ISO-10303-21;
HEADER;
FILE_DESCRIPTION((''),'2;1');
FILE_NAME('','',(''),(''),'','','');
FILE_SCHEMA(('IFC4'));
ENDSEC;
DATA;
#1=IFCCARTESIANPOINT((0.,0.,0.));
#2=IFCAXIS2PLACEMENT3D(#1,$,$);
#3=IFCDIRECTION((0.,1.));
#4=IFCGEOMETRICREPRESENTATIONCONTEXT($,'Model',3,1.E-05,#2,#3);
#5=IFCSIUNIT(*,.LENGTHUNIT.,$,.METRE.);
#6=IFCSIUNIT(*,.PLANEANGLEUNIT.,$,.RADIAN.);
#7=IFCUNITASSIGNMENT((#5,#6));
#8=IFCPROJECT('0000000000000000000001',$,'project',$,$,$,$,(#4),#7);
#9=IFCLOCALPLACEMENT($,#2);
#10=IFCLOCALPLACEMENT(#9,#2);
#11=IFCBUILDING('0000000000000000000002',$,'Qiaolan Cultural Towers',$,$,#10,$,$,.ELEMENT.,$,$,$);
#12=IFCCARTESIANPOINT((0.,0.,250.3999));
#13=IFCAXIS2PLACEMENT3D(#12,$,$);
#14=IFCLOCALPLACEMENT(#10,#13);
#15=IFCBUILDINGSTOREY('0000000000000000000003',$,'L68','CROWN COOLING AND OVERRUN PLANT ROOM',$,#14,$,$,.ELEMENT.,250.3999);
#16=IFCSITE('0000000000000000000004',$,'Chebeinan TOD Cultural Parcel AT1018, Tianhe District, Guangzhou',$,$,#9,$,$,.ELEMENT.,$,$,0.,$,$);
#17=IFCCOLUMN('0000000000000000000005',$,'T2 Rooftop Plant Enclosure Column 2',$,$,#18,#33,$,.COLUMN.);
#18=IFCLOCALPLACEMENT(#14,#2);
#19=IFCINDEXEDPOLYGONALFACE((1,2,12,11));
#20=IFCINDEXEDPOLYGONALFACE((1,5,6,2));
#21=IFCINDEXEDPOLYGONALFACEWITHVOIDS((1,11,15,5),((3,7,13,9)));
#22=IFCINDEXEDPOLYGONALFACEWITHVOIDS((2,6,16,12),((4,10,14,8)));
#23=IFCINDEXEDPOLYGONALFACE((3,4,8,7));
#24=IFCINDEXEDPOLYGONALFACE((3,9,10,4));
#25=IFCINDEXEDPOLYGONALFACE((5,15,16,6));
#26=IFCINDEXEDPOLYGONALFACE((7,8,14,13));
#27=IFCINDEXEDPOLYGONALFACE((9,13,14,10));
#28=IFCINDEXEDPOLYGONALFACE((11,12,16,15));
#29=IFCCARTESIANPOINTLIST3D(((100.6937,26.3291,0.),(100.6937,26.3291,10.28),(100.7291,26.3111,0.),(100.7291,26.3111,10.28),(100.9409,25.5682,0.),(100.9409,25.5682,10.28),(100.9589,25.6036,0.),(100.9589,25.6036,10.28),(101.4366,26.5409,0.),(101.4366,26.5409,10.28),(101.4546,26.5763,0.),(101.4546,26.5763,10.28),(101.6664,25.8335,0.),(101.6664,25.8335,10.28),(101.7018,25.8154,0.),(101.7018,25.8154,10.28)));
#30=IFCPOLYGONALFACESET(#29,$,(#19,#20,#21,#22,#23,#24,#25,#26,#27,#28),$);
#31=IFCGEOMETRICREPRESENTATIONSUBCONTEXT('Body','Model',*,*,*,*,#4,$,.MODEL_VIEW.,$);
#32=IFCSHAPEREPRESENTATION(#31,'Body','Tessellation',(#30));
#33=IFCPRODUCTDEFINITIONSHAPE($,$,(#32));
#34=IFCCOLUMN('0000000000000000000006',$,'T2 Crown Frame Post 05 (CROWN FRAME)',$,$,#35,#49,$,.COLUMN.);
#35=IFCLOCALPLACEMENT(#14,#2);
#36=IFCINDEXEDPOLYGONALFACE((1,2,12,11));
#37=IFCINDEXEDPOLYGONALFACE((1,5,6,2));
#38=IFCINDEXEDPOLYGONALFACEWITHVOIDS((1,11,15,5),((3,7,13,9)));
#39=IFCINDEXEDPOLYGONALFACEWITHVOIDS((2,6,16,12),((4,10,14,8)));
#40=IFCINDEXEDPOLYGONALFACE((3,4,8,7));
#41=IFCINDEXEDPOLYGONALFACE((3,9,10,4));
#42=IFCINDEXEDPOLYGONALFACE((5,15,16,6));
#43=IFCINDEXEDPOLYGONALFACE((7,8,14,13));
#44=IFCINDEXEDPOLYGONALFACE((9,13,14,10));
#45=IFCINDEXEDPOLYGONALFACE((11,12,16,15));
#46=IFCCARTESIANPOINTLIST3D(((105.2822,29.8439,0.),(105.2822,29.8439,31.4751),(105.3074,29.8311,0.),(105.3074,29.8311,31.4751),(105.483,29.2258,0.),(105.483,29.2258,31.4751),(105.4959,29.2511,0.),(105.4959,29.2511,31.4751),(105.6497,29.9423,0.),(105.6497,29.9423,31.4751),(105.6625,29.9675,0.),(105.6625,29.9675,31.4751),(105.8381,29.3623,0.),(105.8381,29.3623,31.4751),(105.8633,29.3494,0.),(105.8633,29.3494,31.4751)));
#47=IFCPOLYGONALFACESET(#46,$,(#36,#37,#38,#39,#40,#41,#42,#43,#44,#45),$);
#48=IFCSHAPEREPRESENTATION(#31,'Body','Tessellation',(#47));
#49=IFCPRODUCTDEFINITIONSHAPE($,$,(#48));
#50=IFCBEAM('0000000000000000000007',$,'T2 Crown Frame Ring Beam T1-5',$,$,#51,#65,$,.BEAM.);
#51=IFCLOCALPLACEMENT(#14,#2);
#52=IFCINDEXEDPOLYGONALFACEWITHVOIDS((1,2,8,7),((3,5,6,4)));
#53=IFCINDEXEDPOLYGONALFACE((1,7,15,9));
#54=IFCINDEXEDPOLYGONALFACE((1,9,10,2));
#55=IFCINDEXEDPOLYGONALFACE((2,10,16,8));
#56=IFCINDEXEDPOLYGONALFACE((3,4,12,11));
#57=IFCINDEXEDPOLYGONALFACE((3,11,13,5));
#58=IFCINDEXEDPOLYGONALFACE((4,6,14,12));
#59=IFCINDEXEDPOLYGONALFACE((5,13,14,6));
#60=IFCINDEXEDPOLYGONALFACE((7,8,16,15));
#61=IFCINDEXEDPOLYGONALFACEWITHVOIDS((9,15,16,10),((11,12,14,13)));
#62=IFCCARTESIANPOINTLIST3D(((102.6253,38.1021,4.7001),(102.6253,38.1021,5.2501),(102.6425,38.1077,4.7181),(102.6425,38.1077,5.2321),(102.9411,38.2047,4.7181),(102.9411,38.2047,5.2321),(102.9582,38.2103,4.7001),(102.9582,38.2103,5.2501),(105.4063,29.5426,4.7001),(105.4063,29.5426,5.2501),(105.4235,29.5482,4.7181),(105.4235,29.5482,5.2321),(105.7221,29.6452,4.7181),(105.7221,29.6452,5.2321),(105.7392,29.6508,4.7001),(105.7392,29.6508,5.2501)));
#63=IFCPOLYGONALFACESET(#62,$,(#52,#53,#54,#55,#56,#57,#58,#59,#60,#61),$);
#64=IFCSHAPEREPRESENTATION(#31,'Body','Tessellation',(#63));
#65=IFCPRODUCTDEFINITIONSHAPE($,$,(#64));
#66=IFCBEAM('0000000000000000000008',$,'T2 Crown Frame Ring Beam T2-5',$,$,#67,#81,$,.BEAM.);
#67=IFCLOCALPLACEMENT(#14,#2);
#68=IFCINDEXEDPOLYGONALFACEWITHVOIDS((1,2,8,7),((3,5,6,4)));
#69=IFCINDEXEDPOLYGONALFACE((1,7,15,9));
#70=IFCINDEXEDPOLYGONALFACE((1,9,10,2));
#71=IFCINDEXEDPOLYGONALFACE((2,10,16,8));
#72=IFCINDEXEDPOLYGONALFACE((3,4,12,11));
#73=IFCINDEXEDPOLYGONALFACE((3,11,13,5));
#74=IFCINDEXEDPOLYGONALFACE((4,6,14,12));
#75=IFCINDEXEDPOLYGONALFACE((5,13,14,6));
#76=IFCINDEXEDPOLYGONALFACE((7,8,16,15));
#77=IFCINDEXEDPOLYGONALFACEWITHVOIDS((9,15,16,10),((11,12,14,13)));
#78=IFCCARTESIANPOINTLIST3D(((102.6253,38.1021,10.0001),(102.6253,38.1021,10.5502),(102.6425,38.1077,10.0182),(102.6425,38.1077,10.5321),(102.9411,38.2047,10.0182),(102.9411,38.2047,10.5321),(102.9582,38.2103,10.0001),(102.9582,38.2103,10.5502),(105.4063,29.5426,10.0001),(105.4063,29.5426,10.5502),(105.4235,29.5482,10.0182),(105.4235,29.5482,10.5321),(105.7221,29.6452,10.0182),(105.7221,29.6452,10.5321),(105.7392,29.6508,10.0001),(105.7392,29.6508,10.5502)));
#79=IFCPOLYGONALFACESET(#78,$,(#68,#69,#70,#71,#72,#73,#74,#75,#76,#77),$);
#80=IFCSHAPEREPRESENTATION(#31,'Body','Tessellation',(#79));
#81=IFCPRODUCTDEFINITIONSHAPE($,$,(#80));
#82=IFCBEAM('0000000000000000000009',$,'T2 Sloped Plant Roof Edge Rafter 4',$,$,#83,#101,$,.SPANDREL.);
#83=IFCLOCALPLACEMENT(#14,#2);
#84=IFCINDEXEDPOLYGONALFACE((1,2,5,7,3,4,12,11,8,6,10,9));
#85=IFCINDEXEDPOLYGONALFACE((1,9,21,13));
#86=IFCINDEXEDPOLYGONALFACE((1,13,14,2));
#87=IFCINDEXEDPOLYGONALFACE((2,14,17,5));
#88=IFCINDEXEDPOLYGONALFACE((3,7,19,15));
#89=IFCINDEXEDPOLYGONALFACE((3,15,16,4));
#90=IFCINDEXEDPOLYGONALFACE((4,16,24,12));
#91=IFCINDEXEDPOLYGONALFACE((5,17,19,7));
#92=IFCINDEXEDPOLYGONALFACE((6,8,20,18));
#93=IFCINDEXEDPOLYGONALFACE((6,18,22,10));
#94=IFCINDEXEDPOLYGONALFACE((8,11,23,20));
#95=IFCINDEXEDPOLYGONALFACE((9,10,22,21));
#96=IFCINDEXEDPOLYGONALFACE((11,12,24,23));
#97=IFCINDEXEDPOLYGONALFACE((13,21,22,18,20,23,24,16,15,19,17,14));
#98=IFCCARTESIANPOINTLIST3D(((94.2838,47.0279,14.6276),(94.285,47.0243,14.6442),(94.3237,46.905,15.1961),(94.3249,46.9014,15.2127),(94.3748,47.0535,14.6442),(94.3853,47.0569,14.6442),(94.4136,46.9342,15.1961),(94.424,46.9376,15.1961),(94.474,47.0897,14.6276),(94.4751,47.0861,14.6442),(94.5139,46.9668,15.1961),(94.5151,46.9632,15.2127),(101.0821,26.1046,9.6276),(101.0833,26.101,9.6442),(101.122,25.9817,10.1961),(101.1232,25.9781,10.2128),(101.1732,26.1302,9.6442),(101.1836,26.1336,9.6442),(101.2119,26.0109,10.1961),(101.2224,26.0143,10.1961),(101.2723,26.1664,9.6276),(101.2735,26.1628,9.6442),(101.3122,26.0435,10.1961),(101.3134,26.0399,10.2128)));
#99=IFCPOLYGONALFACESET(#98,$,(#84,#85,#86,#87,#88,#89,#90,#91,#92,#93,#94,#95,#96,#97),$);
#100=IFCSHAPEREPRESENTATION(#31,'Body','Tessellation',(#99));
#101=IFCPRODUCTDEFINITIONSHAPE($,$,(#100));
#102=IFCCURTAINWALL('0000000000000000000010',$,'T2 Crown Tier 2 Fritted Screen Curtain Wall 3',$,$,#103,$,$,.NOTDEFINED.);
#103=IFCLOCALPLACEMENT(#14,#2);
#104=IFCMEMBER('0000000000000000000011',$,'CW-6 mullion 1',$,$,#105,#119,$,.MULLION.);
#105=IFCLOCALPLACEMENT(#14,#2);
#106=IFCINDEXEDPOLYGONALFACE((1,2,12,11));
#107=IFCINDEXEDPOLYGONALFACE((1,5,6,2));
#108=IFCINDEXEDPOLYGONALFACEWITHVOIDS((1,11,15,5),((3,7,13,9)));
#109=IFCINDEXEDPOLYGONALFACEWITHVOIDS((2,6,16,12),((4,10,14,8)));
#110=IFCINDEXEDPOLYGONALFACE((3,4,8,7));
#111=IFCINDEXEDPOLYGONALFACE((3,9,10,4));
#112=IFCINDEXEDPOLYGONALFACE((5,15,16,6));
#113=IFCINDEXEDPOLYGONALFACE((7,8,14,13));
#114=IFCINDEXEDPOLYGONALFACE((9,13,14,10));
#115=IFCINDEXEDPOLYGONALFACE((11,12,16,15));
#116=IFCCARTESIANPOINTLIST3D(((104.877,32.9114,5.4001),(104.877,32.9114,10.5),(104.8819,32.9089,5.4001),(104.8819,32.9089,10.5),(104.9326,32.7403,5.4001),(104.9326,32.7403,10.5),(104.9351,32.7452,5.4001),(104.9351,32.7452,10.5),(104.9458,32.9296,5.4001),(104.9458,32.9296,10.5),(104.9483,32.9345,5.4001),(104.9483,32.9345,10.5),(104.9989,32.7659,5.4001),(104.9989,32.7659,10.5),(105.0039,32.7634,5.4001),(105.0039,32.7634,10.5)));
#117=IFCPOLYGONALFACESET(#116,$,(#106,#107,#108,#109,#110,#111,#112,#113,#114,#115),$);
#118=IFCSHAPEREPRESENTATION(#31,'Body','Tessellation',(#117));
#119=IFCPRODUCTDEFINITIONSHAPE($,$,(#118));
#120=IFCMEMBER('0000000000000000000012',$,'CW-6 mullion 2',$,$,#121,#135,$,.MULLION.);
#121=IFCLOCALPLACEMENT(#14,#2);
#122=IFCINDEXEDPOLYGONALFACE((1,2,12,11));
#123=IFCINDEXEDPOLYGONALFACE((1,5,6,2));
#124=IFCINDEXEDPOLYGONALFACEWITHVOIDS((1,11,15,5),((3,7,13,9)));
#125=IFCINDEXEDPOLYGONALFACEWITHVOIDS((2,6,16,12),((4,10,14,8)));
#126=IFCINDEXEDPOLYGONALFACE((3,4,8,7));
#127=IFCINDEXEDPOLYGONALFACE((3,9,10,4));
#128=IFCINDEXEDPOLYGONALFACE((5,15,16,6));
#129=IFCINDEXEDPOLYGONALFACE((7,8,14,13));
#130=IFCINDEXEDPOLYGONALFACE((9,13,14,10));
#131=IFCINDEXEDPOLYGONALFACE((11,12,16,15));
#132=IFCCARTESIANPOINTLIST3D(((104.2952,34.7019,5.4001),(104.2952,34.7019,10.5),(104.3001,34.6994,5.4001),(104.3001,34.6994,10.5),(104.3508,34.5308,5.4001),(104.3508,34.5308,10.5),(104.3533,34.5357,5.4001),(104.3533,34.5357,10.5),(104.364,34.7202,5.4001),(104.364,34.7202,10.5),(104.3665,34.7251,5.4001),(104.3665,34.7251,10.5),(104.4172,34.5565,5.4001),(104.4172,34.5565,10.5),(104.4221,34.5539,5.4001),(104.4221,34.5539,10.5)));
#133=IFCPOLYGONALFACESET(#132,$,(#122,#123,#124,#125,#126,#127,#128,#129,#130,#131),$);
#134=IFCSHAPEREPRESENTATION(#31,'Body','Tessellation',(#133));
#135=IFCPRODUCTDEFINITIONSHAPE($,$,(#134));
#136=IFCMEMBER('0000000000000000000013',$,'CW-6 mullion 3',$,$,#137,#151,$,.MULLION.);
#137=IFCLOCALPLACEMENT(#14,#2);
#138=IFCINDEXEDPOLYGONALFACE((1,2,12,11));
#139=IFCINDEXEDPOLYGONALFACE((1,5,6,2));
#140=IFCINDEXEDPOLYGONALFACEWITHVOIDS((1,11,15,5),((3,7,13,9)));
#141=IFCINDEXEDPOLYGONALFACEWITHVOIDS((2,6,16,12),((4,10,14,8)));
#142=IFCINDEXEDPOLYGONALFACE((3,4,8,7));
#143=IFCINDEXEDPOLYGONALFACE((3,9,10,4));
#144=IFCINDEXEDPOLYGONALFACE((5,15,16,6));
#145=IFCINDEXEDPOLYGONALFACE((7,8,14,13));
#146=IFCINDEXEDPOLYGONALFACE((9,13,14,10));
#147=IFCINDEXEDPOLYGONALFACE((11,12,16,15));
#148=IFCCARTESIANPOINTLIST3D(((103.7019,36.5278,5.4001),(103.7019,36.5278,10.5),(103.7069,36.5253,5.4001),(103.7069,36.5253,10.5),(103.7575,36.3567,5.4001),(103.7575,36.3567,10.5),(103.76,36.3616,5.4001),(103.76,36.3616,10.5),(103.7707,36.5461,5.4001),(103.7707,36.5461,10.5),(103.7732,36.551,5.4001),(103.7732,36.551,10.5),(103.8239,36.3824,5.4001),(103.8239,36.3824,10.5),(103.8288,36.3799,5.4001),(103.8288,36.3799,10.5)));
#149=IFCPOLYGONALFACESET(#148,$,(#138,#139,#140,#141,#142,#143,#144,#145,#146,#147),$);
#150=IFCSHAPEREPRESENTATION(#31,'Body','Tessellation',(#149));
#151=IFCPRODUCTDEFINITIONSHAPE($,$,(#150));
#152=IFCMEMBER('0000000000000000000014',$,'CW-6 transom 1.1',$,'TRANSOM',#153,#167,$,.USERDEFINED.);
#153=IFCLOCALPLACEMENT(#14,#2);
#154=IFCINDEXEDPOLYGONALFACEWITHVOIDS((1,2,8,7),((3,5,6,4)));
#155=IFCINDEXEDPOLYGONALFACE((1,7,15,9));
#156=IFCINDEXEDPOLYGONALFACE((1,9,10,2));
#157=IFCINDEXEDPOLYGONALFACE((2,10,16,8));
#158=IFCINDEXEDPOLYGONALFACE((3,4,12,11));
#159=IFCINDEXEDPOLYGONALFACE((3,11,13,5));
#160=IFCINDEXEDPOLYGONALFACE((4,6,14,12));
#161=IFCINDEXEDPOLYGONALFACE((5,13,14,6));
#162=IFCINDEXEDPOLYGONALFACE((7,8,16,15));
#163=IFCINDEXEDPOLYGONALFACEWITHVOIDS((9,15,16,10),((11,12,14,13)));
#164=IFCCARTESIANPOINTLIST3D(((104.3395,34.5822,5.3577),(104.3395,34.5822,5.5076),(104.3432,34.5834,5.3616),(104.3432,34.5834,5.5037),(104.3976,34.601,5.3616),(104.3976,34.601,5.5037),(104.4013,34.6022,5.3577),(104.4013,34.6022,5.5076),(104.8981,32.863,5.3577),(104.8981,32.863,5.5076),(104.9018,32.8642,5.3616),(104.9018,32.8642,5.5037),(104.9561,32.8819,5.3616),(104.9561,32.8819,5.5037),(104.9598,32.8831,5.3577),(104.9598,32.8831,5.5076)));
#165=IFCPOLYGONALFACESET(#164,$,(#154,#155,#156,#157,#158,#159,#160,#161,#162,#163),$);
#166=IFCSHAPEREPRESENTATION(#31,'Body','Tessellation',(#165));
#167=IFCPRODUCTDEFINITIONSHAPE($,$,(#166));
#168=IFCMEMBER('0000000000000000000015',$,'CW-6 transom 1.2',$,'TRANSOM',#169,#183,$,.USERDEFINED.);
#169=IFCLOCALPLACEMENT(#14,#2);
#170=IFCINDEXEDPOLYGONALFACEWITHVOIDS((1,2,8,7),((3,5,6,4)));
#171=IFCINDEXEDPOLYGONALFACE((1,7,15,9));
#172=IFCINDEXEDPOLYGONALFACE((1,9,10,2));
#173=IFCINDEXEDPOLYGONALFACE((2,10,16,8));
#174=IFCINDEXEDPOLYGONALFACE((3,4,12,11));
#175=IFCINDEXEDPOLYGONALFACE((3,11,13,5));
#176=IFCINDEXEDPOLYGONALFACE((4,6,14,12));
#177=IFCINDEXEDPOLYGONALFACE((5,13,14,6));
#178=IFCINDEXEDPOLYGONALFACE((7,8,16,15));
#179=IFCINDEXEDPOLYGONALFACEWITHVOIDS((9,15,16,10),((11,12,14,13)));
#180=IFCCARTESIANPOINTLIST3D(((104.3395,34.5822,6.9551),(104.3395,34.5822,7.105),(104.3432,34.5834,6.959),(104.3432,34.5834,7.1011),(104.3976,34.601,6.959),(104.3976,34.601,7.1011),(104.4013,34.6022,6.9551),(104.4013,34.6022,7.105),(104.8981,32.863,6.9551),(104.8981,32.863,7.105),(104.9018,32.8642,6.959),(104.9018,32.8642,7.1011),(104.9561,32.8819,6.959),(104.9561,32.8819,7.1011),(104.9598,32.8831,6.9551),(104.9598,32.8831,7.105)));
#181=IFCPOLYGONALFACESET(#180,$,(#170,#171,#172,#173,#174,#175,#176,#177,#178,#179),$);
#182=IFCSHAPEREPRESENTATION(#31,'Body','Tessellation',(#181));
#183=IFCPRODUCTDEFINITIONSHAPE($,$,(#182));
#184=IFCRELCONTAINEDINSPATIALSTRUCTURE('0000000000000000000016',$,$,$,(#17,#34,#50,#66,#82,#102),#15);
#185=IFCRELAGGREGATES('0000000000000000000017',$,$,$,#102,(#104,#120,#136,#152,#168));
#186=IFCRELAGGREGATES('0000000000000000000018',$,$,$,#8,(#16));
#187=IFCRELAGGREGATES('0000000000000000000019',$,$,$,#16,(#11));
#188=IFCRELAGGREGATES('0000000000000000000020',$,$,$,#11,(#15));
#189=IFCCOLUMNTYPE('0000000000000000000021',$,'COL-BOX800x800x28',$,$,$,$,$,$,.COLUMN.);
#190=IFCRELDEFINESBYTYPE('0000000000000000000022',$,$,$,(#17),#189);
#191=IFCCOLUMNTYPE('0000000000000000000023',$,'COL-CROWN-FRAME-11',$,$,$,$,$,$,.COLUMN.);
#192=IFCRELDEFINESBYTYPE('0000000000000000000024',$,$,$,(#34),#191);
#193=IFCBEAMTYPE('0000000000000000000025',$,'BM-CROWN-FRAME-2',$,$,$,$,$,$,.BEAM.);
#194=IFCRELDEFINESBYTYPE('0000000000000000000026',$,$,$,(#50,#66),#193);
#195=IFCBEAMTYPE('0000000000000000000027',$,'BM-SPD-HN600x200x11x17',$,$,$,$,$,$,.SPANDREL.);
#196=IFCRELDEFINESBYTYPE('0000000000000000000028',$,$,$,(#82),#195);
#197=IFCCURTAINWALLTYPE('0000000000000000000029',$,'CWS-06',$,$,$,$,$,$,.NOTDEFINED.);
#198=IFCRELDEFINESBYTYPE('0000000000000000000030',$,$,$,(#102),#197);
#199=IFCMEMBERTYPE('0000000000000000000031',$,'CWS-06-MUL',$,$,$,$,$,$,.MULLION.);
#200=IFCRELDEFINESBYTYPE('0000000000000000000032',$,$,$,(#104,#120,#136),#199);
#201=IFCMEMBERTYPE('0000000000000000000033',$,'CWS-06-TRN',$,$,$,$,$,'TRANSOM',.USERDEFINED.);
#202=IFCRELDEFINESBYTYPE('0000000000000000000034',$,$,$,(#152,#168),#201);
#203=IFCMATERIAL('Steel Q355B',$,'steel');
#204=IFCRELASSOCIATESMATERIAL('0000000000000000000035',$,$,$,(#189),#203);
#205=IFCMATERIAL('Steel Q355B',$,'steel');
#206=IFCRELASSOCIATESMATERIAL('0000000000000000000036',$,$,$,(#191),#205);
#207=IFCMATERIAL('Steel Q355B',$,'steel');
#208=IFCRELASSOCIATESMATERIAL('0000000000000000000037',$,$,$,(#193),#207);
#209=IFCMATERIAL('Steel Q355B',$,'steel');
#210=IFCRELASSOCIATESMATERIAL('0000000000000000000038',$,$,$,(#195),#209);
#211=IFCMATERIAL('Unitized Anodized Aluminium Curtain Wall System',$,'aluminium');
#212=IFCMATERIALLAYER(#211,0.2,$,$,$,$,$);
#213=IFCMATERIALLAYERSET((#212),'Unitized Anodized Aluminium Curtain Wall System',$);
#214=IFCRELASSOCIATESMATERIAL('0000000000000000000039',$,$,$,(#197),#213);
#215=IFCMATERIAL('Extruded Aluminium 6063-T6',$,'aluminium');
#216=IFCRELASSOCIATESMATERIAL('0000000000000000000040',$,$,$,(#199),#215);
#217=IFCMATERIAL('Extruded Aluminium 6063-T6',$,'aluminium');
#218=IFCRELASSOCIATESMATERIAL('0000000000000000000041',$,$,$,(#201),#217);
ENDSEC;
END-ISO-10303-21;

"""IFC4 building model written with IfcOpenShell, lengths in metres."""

from ifc_helpers import new_model, si_unit, direction, frame, origin, origin_2d, place, context, subcontext, project, spatial, hollow_rectangle, i_section, extrude, material, layer, layer_set, material_profile, profile_set, type_object, element, aggregate, save


model = new_model("IFC4")

# Units and contexts
model_context = context("Model", 3, precision=1e-05, world=origin(), true_north=direction((0.0, 1.0)))
body_context = subcontext(model_context, "Body", "Model", "MODEL_VIEW")
ifc_project = project(units=[si_unit("LENGTHUNIT", "METRE"), si_unit("PLANEANGLEUNIT", "RADIAN")], contexts=[model_context])

# Site, building, storey
site_placement = place(None, origin())
site = spatial("IfcSite", under=ifc_project, at=site_placement, Name="Chebeinan TOD Cultural Parcel AT1018, Tianhe District, Guangzhou", CompositionType="ELEMENT", RefElevation=0.0)
building_placement = place(site_placement, origin())
building = spatial("IfcBuilding", under=site, at=building_placement, Name="Qiaolan Cultural Towers", CompositionType="ELEMENT")
storey_placement = place(building_placement, frame((0.0, 0.0, 250.3999)))
storey = spatial("IfcBuildingStorey", under=building, at=storey_placement, Name="L68", Description="CROWN COOLING AND OVERRUN PLANT ROOM", CompositionType="ELEMENT", Elevation=250.3999)

# Columns
ifc_material_1 = material(Name="Steel Q355B", Category="steel")
ifc_material_profile_1 = material_profile(ifc_material_1, hollow_rectangle(XDim=0.8, YDim=0.8, WallThickness=0.0281, at=origin_2d()), Name="BOX800x800x28")
ifc_profile_set_1 = profile_set([ifc_material_profile_1], Name="Steel Q355B")
column_type_1 = type_object("IfcColumnType", Name="COL-BOX800x800x28", PredefinedType="COLUMN", material=ifc_profile_set_1)
column_1_placement = place(storey_placement, frame((101.1978, 26.0723, 0.0), z_axis=(0.0, 0.0, 1.0), x_axis=(0.951057, 0.309017, 0.0)))
element("IfcColumn", 1, at=column_1_placement, inside=storey, type_object=column_type_1, Name="T2 Rooftop Plant Enclosure Column 2", PredefinedType="COLUMN", context=body_context, shape_type="SweptSolid", body=[
    extrude(hollow_rectangle(XDim=0.8, YDim=0.8, WallThickness=0.0281, at=origin_2d()), origin(), (0.0, 0.0, 1.0), 10.28),
])
ifc_material_2 = material(Name="Steel Q355B", Category="steel")
ifc_material_profile_2 = material_profile(ifc_material_2, hollow_rectangle(XDim=0.3999, YDim=0.6499, WallThickness=0.02, at=origin_2d()), Name="BOX650x400x20")
ifc_profile_set_2 = profile_set([ifc_material_profile_2], Name="Steel Q355B")
column_type_2 = type_object("IfcColumnType", Name="COL-CROWN-FRAME-11", PredefinedType="COLUMN", material=ifc_profile_set_2)
column_2_placement = place(storey_placement, frame((105.5728, 29.5967, 0.0), z_axis=(0.0, 0.0, 1.0), x_axis=(0.951057, 0.309017, 0.0)))
element("IfcColumn", 2, at=column_2_placement, inside=storey, type_object=column_type_2, Name="T2 Crown Frame Post 05 (CROWN FRAME)", PredefinedType="COLUMN", context=body_context, shape_type="SweptSolid", body=[
    extrude(hollow_rectangle(XDim=0.3999, YDim=0.6499, WallThickness=0.02, at=origin_2d()), origin(), (0.0, 0.0, 1.0), 31.4751),
])

# Beams
ifc_material_3 = material(Name="Steel Q355B", Category="steel")
ifc_material_profile_3 = material_profile(ifc_material_3, hollow_rectangle(XDim=0.3501, YDim=0.55, WallThickness=0.0181, at=origin_2d()), Name="BOX550x350x18")
ifc_profile_set_3 = profile_set([ifc_material_profile_3], Name="Steel Q355B")
beam_type_1 = type_object("IfcBeamType", Name="BM-CROWN-FRAME-2", PredefinedType="BEAM", material=ifc_profile_set_3)
for number, where, z_axis, x_axis, name in (
    (3, (105.5728, 29.5967, 4.9751), (-0.309, 0.951062, 0.0), (-0.951062, -0.309, 0.0), "T2 Crown Frame Ring Beam T1-5"),
    (4, (105.5728, 29.5967, 10.2751), (-0.309, 0.951062, 0.0), (-0.951062, -0.309, 0.0), "T2 Crown Frame Ring Beam T2-5"),
):
    element("IfcBeam", number, at=place(storey_placement, frame(where, z_axis=z_axis, x_axis=x_axis)), inside=storey, type_object=beam_type_1, Name=name, PredefinedType="BEAM", context=body_context, shape_type="SweptSolid", body=[
        extrude(hollow_rectangle(XDim=0.3501, YDim=0.55, WallThickness=0.0181, at=origin_2d()), origin(), (0.0, 0.0, 1.0), 9.0),
    ])
ifc_material_4 = material(Name="Steel Q355B", Category="steel")
ifc_material_profile_4 = material_profile(ifc_material_4, i_section(OverallWidth=0.2, OverallDepth=0.6001, WebThickness=0.011, FlangeThickness=0.0171, at=origin_2d()), Name="HN600x200x11x17")
ifc_profile_set_4 = profile_set([ifc_material_profile_4], Name="Steel Q355B")
beam_type_2 = type_object("IfcBeamType", Name="BM-SPD-HN600x200x11x17", PredefinedType="SPANDREL", material=ifc_profile_set_4)
beam_placement = place(storey_placement, frame((101.1978, 26.0723, 9.9202), z_axis=(-0.30133, 0.927407, 0.22162), x_axis=(-0.951057, -0.309014, 0.0)))
element("IfcBeam", 5, at=beam_placement, inside=storey, type_object=beam_type_2, Name="T2 Sloped Plant Roof Edge Rafter 4", PredefinedType="SPANDREL", context=body_context, shape_type="SweptSolid", body=[
    extrude(i_section(OverallWidth=0.2, OverallDepth=0.6001, WebThickness=0.011, FlangeThickness=0.0171, at=origin_2d()), origin(), (0.0, 0.0, 1.0), 22.561),
])

# Curtain wall, members
ifc_material_5 = material(Name="Unitized Anodized Aluminium Curtain Wall System", Category="aluminium")
ifc_layer_1 = layer(ifc_material_5, 0.2)
ifc_layer_set_1 = layer_set([ifc_layer_1], Name="Unitized Anodized Aluminium Curtain Wall System")
curtain_wall_type = type_object("IfcCurtainWallType", Name="CWS-06", PredefinedType="NOTDEFINED", material=ifc_layer_set_1)
curtain_wall_placement = place(storey_placement, origin())
curtain_wall = element("IfcCurtainWall", 6, at=curtain_wall_placement, inside=storey, type_object=curtain_wall_type, Name="T2 Crown Tier 2 Fritted Screen Curtain Wall 3", PredefinedType="NOTDEFINED")
ifc_material_6 = material(Name="Extruded Aluminium 6063-T6", Category="aluminium")
ifc_material_profile_5 = material_profile(ifc_material_6, hollow_rectangle(XDim=0.075, YDim=0.1799, WallThickness=0.0039, at=origin_2d()), Name="CWM-180x75x4")
ifc_profile_set_5 = profile_set([ifc_material_profile_5], Name="Extruded Aluminium 6063-T6")
member_type_1 = type_object("IfcMemberType", Name="CWS-06-MUL", PredefinedType="MULLION", material=ifc_profile_set_5)
member_1_placement = place(storey_placement, frame((104.9404, 32.8374, 5.4001), z_axis=(0.0, 0.0, 1.0), x_axis=(-0.951057, -0.309017, 0.0)))
member_1 = element("IfcMember", 7, at=member_1_placement, type_object=member_type_1, Name="CW-6 mullion 1", PredefinedType="MULLION", context=body_context, shape_type="SweptSolid", body=[
    extrude(hollow_rectangle(XDim=0.075, YDim=0.1799, WallThickness=0.0039, at=origin_2d()), origin(), (0.0, 0.0, 1.0), 5.0999),
])
member_2_placement = place(storey_placement, frame((104.3586, 34.6279, 5.4001), z_axis=(0.0, 0.0, 1.0), x_axis=(-0.951057, -0.309017, 0.0)))
member_2 = element("IfcMember", 8, at=member_2_placement, type_object=member_type_1, Name="CW-6 mullion 2", PredefinedType="MULLION", context=body_context, shape_type="SweptSolid", body=[
    extrude(hollow_rectangle(XDim=0.075, YDim=0.1799, WallThickness=0.0039, at=origin_2d()), origin(), (0.0, 0.0, 1.0), 5.0999),
])
member_3_placement = place(storey_placement, frame((103.7654, 36.4539, 5.4001), z_axis=(0.0, 0.0, 1.0), x_axis=(-0.951057, -0.309017, 0.0)))
member_3 = element("IfcMember", 9, at=member_3_placement, type_object=member_type_1, Name="CW-6 mullion 3", PredefinedType="MULLION", context=body_context, shape_type="SweptSolid", body=[
    extrude(hollow_rectangle(XDim=0.075, YDim=0.1799, WallThickness=0.0039, at=origin_2d()), origin(), (0.0, 0.0, 1.0), 5.0999),
])
ifc_material_7 = material(Name="Extruded Aluminium 6063-T6", Category="aluminium")
ifc_material_profile_6 = material_profile(ifc_material_7, hollow_rectangle(XDim=0.0649, YDim=0.1499, WallThickness=0.0039, at=origin_2d()), Name="CWT-150x65x4")
ifc_profile_set_6 = profile_set([ifc_material_profile_6], Name="Extruded Aluminium 6063-T6")
member_type_2 = type_object("IfcMemberType", Name="CWS-06-TRN", ElementType="TRANSOM", PredefinedType="USERDEFINED", material=ifc_profile_set_6)
member_4_placement = place(storey_placement, frame((104.929, 32.873, 5.4326), z_axis=(-0.309007, 0.95106, 0.0), x_axis=(-0.95106, -0.309007, 0.0)))
member_4 = element("IfcMember", 10, at=member_4_placement, type_object=member_type_2, Name="CW-6 transom 1.1", ObjectType="TRANSOM", PredefinedType="USERDEFINED", context=body_context, shape_type="SweptSolid", body=[
    extrude(hollow_rectangle(XDim=0.0649, YDim=0.1499, WallThickness=0.0039, at=origin_2d()), origin(), (0.0, 0.0, 1.0), 1.8076),
])
member_5_placement = place(storey_placement, frame((104.929, 32.873, 7.03), z_axis=(-0.309007, 0.95106, 0.0), x_axis=(-0.95106, -0.309007, 0.0)))
member_5 = element("IfcMember", 11, at=member_5_placement, type_object=member_type_2, Name="CW-6 transom 1.2", ObjectType="TRANSOM", PredefinedType="USERDEFINED", context=body_context, shape_type="SweptSolid", body=[
    extrude(hollow_rectangle(XDim=0.0649, YDim=0.1499, WallThickness=0.0039, at=origin_2d()), origin(), (0.0, 0.0, 1.0), 1.8076),
])
aggregate(curtain_wall, [member_1, member_2, member_3, member_4, member_5])

save(model, "model.ifc")
